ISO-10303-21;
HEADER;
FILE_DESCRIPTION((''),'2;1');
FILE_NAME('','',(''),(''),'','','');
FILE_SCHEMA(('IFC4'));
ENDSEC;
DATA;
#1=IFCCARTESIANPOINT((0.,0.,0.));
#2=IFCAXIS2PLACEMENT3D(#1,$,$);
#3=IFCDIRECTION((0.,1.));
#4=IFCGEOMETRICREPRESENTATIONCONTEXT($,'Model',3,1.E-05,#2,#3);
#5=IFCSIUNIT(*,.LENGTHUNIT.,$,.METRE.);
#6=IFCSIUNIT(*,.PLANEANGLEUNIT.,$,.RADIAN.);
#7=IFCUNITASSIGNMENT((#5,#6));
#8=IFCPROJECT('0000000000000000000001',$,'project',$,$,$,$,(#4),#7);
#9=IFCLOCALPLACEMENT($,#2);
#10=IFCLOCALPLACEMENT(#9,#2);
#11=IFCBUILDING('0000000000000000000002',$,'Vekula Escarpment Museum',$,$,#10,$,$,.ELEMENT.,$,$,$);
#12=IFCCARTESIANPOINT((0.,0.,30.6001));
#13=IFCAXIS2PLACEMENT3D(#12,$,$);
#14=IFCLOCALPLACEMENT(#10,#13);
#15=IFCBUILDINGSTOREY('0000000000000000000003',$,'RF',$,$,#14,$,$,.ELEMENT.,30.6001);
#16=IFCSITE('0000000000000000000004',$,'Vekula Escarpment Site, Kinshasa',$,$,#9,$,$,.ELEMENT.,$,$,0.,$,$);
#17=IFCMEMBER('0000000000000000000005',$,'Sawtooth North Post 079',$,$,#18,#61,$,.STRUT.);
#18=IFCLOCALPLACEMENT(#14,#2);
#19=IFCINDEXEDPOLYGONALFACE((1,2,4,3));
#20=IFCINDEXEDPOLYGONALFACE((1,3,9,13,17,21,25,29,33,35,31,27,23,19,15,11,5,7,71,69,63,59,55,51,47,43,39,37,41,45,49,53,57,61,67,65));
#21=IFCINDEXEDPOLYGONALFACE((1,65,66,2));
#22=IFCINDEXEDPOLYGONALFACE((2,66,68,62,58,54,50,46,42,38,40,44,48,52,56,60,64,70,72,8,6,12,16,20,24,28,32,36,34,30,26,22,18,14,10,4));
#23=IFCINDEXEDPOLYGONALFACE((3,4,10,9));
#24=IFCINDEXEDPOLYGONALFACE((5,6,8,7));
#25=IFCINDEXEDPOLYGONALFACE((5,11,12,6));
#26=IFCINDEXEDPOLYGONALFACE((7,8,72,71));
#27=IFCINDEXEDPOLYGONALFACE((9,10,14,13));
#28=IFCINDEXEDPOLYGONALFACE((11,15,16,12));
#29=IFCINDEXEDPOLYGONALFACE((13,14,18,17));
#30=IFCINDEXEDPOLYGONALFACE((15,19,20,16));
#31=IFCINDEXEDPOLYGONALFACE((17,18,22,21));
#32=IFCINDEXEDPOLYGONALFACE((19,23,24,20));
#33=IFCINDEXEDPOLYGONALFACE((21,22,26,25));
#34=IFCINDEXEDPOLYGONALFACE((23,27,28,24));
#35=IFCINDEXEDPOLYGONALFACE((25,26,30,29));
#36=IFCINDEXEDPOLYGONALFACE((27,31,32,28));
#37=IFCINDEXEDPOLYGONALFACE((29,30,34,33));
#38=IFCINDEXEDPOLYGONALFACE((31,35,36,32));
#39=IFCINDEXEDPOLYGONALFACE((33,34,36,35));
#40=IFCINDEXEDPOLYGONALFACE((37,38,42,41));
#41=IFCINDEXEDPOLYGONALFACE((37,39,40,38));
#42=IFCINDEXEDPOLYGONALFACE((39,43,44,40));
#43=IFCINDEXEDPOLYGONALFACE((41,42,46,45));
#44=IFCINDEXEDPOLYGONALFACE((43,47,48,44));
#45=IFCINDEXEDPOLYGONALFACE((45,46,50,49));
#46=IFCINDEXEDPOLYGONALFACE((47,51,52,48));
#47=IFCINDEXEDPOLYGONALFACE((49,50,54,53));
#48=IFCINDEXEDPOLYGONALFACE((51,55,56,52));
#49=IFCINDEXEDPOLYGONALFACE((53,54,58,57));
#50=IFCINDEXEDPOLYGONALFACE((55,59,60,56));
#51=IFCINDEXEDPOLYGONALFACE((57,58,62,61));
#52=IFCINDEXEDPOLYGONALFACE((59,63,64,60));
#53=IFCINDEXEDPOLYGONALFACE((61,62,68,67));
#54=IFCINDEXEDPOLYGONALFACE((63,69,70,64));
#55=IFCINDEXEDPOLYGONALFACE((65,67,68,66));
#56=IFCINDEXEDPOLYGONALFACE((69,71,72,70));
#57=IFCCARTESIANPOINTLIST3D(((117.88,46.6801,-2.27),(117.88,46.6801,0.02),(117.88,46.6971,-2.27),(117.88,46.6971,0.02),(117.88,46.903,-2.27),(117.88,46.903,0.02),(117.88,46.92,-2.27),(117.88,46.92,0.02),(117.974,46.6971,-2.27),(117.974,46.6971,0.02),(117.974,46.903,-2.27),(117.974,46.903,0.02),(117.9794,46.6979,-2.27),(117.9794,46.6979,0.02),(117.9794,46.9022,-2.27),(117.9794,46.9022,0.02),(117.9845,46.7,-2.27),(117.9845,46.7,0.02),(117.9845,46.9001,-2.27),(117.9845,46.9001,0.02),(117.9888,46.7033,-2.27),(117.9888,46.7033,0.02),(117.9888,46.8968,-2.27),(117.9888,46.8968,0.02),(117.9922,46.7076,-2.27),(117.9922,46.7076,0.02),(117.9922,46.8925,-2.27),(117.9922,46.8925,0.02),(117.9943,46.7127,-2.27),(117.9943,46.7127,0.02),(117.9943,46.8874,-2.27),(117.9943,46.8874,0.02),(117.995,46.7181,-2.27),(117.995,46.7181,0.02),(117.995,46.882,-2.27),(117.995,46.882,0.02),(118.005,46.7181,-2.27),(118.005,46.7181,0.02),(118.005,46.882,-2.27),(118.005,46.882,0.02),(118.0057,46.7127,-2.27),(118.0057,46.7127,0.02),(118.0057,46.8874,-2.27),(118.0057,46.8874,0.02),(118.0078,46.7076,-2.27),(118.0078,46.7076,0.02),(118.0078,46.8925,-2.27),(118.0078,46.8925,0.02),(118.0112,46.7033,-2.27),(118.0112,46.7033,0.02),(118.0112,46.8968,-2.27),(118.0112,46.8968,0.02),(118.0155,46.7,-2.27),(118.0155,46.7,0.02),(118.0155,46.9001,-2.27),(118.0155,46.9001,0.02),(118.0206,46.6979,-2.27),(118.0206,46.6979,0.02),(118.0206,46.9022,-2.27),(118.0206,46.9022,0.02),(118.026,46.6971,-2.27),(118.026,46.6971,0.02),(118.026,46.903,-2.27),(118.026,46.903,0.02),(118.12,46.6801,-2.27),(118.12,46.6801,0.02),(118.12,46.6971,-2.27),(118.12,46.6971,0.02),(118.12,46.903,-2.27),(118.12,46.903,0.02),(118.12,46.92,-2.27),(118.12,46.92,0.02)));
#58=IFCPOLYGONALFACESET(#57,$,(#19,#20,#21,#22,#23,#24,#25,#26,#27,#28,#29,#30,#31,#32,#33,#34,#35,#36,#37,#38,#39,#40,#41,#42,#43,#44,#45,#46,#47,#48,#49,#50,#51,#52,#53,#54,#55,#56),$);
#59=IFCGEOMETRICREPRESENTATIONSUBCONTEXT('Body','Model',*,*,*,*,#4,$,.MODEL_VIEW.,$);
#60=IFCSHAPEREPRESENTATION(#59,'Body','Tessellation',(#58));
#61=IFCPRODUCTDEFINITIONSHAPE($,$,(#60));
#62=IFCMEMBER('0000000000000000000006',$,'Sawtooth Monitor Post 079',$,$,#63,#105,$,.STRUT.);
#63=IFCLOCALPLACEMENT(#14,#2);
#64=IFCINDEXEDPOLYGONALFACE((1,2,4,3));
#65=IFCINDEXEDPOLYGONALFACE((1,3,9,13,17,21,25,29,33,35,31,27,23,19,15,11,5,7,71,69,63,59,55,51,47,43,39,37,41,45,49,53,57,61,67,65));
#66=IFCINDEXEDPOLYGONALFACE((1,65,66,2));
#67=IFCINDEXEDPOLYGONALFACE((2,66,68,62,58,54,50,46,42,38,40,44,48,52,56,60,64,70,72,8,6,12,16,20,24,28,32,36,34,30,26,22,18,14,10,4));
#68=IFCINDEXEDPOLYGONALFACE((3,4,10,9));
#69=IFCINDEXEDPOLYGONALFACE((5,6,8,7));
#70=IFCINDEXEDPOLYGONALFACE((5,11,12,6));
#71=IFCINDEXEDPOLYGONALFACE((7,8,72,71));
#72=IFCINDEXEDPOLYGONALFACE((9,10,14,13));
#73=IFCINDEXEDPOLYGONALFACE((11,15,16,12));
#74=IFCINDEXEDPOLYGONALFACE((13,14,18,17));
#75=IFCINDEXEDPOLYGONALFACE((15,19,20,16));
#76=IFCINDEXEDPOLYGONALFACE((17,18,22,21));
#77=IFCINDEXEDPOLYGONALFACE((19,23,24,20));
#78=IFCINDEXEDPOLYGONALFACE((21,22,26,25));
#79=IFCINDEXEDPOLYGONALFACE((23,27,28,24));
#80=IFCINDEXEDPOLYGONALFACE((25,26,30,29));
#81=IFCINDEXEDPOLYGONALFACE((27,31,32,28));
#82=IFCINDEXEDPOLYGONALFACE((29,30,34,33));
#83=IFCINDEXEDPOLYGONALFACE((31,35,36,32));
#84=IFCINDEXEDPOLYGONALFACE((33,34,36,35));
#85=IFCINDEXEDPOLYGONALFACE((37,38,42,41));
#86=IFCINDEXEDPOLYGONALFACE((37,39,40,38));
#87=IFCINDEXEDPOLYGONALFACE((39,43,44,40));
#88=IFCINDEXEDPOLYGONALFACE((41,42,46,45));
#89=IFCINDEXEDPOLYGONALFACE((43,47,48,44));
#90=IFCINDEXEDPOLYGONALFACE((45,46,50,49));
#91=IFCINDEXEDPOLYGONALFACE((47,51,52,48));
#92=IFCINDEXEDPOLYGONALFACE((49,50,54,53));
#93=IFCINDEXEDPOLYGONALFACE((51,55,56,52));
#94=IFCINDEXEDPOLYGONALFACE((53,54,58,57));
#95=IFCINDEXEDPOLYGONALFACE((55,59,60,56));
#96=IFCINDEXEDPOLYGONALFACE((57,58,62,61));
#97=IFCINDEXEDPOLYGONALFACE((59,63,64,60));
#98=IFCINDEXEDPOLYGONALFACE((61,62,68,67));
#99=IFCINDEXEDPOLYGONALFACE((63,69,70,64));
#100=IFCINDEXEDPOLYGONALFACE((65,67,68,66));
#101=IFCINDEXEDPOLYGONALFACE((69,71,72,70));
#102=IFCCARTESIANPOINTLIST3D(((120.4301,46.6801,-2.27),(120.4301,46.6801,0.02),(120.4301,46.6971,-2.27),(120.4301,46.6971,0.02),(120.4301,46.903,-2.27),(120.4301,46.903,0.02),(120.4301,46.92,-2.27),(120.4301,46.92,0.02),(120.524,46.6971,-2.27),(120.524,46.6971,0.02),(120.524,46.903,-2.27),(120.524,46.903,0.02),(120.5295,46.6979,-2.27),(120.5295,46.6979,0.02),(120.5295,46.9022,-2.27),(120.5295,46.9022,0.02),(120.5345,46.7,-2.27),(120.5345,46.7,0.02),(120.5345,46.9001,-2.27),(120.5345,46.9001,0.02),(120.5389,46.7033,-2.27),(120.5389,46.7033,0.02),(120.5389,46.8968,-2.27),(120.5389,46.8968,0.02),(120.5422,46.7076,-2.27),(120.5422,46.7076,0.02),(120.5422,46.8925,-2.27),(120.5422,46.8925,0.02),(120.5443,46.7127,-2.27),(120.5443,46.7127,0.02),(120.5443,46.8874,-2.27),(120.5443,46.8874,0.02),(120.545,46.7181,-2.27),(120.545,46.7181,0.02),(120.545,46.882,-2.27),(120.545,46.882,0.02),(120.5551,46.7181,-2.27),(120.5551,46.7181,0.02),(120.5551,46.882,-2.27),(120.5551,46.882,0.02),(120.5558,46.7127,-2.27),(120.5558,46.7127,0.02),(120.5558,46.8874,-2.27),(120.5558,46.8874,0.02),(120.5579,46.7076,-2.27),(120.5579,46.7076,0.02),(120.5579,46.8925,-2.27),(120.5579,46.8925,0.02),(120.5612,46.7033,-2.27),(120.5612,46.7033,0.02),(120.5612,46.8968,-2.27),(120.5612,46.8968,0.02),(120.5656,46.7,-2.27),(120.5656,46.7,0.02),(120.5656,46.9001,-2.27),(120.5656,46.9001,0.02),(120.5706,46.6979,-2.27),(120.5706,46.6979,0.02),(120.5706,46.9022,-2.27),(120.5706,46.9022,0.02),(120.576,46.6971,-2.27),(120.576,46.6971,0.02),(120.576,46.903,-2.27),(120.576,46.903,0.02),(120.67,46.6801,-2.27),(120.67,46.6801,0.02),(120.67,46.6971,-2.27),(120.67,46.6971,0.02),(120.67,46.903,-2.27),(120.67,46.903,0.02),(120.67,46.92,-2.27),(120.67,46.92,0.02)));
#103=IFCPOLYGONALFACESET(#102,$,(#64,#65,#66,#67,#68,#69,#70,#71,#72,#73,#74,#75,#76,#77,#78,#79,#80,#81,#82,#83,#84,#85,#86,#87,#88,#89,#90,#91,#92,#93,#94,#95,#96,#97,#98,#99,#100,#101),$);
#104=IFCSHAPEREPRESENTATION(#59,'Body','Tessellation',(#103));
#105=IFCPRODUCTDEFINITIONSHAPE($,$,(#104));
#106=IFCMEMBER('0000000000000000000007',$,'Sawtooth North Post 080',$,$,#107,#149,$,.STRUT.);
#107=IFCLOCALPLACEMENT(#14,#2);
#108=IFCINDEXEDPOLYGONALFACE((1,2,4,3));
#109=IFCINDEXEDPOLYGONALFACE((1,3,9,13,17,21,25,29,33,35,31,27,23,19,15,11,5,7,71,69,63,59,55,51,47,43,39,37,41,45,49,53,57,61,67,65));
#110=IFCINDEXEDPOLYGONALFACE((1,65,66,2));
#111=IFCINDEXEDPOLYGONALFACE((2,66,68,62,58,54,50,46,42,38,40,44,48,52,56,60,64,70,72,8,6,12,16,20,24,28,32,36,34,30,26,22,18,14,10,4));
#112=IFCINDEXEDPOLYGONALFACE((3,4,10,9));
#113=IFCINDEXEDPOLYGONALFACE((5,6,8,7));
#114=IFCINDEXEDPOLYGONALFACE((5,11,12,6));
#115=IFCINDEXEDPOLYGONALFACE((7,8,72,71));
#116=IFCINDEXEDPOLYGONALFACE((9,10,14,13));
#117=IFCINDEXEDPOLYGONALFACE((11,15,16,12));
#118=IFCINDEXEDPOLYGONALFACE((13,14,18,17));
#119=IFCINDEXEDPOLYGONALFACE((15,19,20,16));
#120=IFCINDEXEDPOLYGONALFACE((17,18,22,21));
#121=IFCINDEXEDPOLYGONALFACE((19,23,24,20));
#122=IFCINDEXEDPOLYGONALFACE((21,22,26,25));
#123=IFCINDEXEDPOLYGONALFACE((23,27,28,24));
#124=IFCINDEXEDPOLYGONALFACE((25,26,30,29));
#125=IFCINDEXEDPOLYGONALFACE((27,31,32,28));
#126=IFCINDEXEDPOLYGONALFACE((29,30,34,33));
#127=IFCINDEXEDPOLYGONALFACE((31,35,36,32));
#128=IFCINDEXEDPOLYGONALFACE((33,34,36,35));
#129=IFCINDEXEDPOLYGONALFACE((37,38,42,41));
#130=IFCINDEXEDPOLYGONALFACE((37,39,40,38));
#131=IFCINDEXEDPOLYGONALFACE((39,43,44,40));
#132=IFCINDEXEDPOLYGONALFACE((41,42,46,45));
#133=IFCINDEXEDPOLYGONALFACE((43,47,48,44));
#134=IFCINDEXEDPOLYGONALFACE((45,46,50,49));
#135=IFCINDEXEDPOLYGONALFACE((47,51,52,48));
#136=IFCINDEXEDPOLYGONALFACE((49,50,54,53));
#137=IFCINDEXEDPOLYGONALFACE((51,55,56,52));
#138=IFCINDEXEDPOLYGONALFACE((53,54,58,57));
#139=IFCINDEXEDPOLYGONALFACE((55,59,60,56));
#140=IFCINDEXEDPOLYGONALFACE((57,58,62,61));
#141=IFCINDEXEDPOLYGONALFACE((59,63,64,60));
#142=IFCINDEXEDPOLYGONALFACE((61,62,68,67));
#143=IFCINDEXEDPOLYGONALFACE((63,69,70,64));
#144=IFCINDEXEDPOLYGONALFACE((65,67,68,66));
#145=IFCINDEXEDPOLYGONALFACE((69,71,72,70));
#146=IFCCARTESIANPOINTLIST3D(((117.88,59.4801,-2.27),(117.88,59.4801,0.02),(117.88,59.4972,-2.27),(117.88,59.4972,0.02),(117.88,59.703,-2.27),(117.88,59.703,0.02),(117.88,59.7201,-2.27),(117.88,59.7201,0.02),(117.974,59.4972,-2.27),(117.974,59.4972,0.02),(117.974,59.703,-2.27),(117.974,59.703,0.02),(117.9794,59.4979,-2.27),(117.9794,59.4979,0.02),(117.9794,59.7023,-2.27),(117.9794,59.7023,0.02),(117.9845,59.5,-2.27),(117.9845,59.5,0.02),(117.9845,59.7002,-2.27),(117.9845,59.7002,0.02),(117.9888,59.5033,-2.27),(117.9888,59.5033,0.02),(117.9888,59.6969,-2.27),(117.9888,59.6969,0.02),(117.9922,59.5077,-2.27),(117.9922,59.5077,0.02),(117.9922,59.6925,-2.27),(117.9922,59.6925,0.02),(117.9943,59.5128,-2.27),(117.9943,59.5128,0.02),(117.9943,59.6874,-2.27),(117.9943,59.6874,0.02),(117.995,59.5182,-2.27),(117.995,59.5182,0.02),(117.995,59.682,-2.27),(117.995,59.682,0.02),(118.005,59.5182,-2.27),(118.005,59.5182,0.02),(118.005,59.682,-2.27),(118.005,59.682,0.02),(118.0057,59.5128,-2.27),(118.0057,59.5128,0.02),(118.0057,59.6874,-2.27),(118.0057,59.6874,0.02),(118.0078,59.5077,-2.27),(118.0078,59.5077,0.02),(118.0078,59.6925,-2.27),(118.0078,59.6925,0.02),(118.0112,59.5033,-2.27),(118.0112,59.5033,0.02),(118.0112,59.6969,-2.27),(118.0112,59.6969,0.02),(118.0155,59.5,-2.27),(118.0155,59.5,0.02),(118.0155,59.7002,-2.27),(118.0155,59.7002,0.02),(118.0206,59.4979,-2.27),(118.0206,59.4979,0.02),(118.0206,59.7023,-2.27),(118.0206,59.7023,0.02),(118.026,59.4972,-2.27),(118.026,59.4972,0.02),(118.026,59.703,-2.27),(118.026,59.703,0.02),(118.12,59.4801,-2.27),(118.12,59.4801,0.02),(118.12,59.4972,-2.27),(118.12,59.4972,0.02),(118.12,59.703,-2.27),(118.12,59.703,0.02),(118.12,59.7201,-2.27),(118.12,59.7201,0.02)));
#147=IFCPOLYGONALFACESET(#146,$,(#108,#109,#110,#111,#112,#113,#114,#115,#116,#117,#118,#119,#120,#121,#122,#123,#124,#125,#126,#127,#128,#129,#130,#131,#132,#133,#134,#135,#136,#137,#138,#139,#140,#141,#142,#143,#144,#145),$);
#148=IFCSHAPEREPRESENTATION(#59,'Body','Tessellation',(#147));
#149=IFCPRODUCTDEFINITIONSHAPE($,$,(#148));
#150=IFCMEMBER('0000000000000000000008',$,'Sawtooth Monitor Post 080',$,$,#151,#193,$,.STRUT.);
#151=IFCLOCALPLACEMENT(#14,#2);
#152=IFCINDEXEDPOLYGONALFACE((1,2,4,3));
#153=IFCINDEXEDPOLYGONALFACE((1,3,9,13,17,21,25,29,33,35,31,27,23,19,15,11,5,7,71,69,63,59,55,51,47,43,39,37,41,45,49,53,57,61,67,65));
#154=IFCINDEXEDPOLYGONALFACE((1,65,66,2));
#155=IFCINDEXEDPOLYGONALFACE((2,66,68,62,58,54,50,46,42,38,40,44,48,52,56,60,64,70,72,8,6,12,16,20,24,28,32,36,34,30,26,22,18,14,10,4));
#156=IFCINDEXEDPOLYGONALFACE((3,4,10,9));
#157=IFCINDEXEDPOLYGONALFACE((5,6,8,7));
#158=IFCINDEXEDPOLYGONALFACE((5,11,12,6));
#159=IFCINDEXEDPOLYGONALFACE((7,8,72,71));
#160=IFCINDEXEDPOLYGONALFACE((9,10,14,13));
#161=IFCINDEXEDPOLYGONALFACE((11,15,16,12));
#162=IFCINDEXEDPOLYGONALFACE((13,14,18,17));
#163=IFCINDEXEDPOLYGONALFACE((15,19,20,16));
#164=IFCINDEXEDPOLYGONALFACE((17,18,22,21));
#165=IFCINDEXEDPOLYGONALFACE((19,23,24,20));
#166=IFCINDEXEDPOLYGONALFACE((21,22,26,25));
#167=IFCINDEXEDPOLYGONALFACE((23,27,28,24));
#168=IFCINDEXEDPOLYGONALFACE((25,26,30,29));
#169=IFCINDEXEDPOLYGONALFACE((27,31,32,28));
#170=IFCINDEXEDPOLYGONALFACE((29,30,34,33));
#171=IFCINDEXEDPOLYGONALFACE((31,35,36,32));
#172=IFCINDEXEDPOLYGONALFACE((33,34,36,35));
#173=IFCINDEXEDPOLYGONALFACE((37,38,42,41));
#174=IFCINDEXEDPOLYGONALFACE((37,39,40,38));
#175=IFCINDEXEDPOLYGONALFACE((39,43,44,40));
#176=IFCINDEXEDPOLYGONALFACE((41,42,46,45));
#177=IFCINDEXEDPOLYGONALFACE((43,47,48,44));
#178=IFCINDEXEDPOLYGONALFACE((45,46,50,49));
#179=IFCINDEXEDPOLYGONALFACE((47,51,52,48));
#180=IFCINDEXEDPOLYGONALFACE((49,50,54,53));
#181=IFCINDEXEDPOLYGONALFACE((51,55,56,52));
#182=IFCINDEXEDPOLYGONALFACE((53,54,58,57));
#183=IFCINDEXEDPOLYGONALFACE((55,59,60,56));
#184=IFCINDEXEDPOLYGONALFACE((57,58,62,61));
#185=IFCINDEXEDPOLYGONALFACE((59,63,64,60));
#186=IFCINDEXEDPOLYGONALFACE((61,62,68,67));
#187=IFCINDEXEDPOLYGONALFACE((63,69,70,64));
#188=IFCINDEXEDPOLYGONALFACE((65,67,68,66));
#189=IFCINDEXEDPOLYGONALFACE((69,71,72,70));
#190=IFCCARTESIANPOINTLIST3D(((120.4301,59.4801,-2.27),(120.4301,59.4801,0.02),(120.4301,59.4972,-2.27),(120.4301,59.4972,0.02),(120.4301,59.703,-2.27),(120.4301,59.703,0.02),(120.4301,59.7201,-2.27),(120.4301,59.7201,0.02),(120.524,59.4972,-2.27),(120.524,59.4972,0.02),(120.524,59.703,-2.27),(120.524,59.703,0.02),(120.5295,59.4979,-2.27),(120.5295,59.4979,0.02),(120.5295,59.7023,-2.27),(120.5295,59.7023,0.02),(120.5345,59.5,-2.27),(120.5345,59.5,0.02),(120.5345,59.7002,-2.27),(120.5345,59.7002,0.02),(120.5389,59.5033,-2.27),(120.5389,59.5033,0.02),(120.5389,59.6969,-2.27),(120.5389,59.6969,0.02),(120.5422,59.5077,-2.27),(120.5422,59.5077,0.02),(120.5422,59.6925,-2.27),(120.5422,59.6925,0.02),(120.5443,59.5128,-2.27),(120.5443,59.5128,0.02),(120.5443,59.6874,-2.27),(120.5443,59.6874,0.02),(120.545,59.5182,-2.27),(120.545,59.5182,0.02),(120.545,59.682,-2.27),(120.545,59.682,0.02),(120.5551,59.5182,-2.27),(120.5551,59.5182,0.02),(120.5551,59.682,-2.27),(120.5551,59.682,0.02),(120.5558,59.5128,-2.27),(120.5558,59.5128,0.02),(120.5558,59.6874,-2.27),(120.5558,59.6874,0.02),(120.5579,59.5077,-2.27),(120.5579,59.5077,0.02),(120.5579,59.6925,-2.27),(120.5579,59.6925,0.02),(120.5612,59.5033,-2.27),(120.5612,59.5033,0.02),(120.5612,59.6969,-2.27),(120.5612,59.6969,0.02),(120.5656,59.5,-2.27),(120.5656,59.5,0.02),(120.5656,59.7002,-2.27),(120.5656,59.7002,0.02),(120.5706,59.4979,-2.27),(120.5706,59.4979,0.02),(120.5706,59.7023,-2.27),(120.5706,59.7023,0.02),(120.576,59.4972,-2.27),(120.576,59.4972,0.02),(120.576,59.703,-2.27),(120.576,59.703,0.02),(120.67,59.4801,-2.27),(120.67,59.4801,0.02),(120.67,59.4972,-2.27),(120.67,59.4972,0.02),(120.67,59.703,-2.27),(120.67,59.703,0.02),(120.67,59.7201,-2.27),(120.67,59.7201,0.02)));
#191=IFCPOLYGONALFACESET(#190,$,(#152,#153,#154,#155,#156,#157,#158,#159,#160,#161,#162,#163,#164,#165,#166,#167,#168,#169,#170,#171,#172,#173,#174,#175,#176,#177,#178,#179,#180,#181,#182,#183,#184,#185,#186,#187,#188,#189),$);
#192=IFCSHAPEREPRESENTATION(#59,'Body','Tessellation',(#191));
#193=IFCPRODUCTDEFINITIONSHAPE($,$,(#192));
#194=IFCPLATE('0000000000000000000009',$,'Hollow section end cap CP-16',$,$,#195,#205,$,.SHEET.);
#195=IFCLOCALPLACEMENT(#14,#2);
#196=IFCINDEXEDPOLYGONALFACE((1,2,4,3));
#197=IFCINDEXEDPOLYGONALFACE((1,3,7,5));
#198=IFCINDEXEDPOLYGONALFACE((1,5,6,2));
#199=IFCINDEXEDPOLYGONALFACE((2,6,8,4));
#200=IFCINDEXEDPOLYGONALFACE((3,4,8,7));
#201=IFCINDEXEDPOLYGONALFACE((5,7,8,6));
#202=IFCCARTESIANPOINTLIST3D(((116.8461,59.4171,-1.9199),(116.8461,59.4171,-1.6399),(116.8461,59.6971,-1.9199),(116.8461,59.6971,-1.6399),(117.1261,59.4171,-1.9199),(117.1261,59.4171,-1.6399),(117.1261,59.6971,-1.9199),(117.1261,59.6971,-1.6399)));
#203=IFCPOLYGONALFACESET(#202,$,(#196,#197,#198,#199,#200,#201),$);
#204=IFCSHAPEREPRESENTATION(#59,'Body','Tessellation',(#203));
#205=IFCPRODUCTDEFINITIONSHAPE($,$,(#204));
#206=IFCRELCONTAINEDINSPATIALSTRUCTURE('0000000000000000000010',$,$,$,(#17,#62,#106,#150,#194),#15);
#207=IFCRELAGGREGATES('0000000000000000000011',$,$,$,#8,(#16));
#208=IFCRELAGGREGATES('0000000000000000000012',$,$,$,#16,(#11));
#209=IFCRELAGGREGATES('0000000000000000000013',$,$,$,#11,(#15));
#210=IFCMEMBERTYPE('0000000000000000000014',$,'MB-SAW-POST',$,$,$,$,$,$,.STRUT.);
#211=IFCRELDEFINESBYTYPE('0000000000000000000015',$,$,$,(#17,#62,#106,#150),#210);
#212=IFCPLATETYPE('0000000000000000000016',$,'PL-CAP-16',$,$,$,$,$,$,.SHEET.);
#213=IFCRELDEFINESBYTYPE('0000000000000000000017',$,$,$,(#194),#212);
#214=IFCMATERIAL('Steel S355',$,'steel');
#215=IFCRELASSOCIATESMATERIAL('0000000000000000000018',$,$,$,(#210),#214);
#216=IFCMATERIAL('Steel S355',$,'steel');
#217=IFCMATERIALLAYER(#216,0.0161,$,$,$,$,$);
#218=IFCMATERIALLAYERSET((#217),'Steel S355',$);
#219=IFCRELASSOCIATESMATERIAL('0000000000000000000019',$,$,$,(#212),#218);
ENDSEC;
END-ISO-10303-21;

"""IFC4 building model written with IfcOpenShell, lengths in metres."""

from ifc_helpers import new_model, si_unit, direction, frame, origin, origin_2d, place, context, subcontext, project, spatial, rectangle, i_section, extrude, material, layer, layer_set, material_profile, profile_set, type_object, element, save


model = new_model("IFC4")

# Units and contexts
model_context = context("Model", 3, precision=1e-05, world=origin(), true_north=direction((0.0, 1.0)))
body_context = subcontext(model_context, "Body", "Model", "MODEL_VIEW")
ifc_project = project(units=[si_unit("LENGTHUNIT", "METRE"), si_unit("PLANEANGLEUNIT", "RADIAN")], contexts=[model_context])

# Site, building, storey
site_placement = place(None, origin())
site = spatial("IfcSite", under=ifc_project, at=site_placement, Name="Vekula Escarpment Site, Kinshasa", CompositionType="ELEMENT", RefElevation=0.0)
building_placement = place(site_placement, origin())
building = spatial("IfcBuilding", under=site, at=building_placement, Name="Vekula Escarpment Museum", CompositionType="ELEMENT")
storey_placement = place(building_placement, frame((0.0, 0.0, 30.6001)))
storey = spatial("IfcBuildingStorey", under=building, at=storey_placement, Name="RF", CompositionType="ELEMENT", Elevation=30.6001)

# Members
ifc_material_1 = material(Name="Steel S355", Category="steel")
ifc_material_profile_1 = material_profile(ifc_material_1, i_section(OverallWidth=0.24, OverallDepth=0.24, WebThickness=0.01, FlangeThickness=0.0171, FilletRadius=0.021, at=origin_2d()), Name="HEB 240")
ifc_profile_set_1 = profile_set([ifc_material_profile_1], Name="Steel S355")
member_type_1 = type_object("IfcMemberType", Name="MB-SAW-POST", PredefinedType="STRUT", material=ifc_profile_set_1)
for number, where, z_axis, x_axis, name in (
    (1, (118.0, 46.8, -2.27), (0.0, 0.0, 1.0), (1.0, 0.0, 0.0), "Sawtooth North Post 079"),
    (2, (120.55, 46.8, -2.27), (0.0, 0.0, 1.0), (1.0, 0.0, 0.0), "Sawtooth Monitor Post 079"),
    (3, (118.0, 59.6001, -2.27), (0.0, 0.0, 1.0), (1.0, 0.0, 0.0), "Sawtooth North Post 080"),
    (4, (120.55, 59.6001, -2.27), (0.0, 0.0, 1.0), (1.0, 0.0, 0.0), "Sawtooth Monitor Post 080"),
):
    element("IfcMember", number, at=place(storey_placement, frame(where, z_axis=z_axis, x_axis=x_axis)), inside=storey, type_object=member_type_1, Name=name, PredefinedType="STRUT", context=body_context, shape_type="SweptSolid", body=[
        extrude(i_section(OverallWidth=0.24, OverallDepth=0.24, WebThickness=0.01, FlangeThickness=0.0171, FilletRadius=0.021, at=origin_2d()), origin(), (0.0, 0.0, 1.0), 2.29),
    ])

# Plate
ifc_material_2 = material(Name="Steel S355", Category="steel")
ifc_layer_1 = layer(ifc_material_2, 0.0161)
ifc_layer_set_1 = layer_set([ifc_layer_1], Name="Steel S355")
plate_type = type_object("IfcPlateType", Name="PL-CAP-16", PredefinedType="SHEET", material=ifc_layer_set_1)
for number, where, z_axis, x_axis, name in (
    (5, (116.9861, 59.5571, -1.9199), (0.0, 0.0, 1.0), (1.0, 0.0, 0.0), "Hollow section end cap CP-16"),
):
    element("IfcPlate", number, at=place(storey_placement, frame(where, z_axis=z_axis, x_axis=x_axis)), inside=storey, type_object=plate_type, Name=name, PredefinedType="SHEET", context=body_context, shape_type="SweptSolid", body=[
        extrude(rectangle(XDim=0.28, YDim=0.28, at=origin_2d()), origin(), (0.0, 0.0, 1.0), 0.28),
    ])

save(model, "model.ifc")
